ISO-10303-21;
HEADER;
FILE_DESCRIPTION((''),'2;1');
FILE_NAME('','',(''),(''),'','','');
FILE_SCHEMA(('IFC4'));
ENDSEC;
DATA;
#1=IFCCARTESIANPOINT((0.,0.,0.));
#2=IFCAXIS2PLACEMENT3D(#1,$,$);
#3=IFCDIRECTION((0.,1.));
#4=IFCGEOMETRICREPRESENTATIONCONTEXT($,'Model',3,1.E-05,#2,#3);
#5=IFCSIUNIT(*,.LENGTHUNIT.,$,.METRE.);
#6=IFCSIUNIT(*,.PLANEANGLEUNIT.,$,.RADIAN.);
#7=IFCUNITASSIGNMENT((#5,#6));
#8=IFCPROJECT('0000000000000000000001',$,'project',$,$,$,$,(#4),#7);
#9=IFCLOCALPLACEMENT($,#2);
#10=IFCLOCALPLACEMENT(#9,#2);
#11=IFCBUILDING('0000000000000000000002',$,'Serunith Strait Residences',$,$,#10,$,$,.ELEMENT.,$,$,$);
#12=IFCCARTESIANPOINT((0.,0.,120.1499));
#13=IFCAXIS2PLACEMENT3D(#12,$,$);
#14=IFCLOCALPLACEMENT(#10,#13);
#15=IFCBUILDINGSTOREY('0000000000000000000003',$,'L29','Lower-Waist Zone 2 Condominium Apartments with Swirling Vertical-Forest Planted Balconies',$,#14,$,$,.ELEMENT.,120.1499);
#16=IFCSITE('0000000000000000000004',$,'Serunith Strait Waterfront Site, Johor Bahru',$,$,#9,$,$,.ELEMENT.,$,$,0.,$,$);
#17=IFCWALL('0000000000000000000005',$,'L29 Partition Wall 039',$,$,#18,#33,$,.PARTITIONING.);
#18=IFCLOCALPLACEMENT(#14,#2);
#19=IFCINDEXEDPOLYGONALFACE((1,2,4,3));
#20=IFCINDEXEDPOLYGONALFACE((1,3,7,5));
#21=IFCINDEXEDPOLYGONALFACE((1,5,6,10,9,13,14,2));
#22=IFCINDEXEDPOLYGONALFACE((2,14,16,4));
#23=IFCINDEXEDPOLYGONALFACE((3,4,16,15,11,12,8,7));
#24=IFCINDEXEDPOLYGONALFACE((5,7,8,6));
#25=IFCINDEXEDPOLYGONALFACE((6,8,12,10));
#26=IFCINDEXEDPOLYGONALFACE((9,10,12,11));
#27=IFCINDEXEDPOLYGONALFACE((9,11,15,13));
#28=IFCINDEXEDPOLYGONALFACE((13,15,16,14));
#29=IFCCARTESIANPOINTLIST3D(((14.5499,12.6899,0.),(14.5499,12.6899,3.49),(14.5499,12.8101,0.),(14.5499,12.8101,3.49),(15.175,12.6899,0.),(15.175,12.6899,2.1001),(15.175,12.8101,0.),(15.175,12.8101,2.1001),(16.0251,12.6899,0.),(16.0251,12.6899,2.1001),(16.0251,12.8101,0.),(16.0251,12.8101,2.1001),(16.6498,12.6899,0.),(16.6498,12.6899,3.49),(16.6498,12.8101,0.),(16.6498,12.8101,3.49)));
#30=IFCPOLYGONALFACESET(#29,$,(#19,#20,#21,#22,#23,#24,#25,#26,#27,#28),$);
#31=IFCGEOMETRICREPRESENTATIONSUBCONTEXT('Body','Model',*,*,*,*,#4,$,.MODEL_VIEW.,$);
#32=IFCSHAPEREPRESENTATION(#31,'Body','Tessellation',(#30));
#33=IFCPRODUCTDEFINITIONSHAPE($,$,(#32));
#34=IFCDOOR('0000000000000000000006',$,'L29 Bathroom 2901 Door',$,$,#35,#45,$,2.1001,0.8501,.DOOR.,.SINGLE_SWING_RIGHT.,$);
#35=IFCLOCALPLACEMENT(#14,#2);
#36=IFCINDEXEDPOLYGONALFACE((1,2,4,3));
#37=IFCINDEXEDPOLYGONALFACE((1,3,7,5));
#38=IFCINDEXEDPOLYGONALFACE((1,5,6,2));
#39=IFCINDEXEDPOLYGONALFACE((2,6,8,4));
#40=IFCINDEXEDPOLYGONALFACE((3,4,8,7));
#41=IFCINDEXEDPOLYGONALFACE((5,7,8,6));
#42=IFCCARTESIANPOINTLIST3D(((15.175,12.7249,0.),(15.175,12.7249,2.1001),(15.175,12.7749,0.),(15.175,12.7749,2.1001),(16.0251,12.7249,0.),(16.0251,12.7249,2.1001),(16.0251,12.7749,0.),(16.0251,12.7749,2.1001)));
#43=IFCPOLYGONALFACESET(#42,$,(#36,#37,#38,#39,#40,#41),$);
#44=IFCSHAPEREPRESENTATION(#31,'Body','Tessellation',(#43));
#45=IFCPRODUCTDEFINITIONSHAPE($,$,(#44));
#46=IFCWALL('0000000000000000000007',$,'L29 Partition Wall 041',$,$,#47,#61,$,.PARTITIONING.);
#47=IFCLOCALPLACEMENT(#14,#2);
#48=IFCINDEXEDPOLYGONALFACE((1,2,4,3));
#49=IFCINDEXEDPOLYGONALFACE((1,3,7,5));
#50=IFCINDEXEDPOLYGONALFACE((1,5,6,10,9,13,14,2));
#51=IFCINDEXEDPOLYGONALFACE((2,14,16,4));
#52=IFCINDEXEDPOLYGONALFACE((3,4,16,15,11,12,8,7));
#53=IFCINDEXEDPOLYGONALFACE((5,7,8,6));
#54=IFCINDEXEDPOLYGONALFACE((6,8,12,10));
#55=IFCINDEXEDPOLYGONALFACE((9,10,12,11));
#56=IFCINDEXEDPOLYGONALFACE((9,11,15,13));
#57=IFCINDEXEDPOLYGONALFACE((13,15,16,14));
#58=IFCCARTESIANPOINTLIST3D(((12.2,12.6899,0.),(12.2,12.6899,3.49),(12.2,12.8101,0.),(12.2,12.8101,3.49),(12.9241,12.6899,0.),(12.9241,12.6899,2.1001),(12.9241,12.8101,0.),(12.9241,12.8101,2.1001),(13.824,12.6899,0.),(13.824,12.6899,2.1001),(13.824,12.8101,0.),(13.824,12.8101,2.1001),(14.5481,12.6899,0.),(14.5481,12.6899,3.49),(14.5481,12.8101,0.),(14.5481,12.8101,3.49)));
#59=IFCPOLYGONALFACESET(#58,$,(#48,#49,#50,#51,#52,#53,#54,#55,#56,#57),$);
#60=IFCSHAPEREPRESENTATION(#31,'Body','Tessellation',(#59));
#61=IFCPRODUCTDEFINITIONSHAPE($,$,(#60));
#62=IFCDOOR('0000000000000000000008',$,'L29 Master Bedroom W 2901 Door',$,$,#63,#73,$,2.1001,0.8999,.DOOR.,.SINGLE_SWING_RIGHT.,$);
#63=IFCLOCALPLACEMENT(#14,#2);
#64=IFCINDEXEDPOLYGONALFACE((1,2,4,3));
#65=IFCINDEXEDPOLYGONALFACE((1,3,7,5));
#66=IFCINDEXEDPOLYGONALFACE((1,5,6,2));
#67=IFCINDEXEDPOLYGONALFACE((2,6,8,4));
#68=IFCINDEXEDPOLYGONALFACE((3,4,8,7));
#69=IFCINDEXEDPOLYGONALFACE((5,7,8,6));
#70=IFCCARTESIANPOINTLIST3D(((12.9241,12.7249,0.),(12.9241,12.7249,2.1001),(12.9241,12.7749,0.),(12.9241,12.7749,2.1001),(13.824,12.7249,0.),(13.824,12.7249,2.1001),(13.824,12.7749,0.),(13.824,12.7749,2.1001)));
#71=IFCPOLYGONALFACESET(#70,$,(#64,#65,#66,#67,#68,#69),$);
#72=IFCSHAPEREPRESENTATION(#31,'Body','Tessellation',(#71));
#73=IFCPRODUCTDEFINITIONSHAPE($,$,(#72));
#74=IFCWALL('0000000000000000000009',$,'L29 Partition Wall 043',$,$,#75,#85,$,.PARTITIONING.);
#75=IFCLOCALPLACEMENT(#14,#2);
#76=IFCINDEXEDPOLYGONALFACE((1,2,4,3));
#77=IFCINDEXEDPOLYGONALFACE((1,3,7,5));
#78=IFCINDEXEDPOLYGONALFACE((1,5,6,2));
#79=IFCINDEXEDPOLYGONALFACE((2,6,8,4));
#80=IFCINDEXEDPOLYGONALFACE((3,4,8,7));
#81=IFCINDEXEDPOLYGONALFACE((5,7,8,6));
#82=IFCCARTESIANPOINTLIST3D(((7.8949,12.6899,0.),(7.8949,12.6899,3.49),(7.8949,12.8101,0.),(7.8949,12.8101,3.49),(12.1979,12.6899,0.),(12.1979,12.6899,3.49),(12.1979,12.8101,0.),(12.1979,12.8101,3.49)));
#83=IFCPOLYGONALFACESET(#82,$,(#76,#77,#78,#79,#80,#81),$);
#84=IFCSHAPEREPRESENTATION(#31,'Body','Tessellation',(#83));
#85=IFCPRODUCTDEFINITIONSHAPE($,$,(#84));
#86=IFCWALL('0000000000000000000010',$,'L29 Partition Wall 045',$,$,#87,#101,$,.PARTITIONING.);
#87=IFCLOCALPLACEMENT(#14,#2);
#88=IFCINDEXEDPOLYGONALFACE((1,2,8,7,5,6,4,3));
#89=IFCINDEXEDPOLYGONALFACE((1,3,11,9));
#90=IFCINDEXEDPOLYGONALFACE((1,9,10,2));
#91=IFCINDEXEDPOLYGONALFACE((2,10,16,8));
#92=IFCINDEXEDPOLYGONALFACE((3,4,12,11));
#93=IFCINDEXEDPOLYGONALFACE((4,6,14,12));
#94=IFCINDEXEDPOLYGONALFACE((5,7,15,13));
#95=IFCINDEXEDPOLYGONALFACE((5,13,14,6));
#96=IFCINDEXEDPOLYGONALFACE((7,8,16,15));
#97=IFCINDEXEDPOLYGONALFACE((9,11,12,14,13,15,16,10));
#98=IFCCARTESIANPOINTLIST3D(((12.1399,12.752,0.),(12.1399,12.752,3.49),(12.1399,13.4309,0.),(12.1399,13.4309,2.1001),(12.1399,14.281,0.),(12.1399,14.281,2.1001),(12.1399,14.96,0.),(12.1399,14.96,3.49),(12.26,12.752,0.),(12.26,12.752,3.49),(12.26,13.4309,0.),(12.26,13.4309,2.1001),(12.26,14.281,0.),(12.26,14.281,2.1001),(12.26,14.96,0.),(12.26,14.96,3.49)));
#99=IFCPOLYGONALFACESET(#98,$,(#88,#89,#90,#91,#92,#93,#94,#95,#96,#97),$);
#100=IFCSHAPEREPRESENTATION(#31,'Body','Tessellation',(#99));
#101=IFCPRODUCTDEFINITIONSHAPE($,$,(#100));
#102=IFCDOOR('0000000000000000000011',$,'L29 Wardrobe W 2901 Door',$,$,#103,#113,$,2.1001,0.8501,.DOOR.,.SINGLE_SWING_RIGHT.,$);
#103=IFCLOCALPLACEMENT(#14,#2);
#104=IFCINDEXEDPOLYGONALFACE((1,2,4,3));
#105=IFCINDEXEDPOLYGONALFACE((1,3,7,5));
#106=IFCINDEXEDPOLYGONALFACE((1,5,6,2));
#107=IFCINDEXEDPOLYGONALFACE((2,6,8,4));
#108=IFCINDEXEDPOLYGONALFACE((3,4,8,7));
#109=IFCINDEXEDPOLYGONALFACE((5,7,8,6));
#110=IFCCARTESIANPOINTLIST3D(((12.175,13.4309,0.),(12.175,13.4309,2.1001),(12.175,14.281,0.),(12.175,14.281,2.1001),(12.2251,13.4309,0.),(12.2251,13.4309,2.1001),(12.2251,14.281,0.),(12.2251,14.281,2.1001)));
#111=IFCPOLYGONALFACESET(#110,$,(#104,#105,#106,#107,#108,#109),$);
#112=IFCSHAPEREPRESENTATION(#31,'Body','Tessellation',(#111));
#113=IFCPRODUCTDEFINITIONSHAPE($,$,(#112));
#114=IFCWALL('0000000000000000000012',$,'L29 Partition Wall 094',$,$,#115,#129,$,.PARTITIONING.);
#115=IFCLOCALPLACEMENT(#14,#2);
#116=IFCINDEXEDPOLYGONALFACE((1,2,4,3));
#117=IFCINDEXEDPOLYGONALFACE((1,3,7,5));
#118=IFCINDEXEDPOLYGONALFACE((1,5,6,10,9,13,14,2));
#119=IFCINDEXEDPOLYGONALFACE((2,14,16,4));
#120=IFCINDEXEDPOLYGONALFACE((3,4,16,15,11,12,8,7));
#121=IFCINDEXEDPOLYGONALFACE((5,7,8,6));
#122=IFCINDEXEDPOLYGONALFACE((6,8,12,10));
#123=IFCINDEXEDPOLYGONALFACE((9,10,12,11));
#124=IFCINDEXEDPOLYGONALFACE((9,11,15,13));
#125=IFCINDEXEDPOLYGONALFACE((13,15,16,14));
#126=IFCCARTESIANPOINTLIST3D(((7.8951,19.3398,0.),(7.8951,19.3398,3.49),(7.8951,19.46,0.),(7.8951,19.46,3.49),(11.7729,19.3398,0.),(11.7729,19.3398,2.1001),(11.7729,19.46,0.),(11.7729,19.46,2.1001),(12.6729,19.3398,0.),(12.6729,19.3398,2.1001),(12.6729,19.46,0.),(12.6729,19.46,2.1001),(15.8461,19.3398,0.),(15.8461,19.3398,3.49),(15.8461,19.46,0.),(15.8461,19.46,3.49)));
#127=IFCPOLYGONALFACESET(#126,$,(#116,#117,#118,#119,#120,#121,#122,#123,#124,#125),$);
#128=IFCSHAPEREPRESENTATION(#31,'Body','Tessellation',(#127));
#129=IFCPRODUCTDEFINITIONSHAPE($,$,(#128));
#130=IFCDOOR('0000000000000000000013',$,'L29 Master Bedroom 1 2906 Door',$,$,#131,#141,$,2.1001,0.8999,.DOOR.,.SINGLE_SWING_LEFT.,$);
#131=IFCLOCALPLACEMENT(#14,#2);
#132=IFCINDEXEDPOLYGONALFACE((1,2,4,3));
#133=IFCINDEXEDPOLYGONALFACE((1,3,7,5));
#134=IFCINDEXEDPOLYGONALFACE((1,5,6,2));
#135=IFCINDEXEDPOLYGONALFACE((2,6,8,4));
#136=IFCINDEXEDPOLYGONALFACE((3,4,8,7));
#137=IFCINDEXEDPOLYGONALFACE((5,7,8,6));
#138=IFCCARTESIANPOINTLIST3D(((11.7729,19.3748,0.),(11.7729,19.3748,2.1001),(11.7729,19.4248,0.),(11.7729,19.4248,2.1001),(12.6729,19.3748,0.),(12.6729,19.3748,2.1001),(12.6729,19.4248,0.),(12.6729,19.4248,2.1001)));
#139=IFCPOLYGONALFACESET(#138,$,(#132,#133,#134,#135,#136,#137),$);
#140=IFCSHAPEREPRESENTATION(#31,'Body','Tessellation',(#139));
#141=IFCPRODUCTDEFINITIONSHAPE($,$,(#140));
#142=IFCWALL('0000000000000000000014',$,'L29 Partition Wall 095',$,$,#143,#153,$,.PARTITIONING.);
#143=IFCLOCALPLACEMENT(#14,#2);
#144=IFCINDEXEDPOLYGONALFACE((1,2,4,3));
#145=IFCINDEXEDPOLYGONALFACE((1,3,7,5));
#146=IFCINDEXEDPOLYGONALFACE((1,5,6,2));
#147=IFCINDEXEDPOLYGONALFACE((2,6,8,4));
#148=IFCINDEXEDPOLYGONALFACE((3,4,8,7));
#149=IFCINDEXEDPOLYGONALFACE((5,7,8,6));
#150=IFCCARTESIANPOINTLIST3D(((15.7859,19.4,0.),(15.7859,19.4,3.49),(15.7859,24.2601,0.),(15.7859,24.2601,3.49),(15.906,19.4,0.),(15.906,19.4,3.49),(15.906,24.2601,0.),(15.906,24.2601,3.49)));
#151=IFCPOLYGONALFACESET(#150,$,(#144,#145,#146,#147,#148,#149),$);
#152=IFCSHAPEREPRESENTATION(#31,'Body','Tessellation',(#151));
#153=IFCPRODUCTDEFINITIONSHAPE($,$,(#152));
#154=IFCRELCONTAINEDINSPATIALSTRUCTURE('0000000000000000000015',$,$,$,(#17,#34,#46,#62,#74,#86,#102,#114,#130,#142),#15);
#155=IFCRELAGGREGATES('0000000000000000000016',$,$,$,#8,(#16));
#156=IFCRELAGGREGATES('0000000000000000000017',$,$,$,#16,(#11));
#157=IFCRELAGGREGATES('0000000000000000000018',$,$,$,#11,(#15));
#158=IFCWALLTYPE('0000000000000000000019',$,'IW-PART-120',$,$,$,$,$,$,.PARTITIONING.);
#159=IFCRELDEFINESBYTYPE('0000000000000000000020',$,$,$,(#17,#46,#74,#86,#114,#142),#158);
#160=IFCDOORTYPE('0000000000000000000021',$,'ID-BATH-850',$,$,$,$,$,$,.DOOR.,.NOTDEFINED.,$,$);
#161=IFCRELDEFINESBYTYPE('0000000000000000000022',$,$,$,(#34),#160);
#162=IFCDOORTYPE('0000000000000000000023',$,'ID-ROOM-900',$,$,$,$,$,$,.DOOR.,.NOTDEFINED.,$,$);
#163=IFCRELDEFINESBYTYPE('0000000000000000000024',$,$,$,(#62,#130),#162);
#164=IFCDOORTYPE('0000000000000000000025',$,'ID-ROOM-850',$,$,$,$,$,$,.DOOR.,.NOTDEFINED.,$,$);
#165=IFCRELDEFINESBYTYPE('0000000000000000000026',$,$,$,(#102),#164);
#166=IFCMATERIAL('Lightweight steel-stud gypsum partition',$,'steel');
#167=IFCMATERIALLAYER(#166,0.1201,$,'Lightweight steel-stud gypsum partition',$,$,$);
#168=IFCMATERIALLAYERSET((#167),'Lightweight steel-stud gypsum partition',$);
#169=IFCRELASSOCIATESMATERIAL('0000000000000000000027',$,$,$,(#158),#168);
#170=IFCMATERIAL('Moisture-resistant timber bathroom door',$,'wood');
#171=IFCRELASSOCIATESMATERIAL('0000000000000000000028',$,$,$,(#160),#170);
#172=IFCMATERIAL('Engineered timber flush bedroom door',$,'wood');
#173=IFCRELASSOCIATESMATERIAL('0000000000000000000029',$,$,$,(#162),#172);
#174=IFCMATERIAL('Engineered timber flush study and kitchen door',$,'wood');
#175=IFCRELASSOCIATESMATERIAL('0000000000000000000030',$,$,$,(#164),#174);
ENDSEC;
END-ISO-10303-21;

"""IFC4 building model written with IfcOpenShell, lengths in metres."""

from ifc_helpers import new_model, si_unit, direction, frame, frame_2d, origin, place, context, subcontext, project, spatial, rectangle, extrude, source, transform, mapped, material, layer, layer_set, type_object, element, fill, save


model = new_model("IFC4")

# Units and contexts
model_context = context("Model", 3, precision=1e-05, world=origin(), true_north=direction((0.0, 1.0)))
body_context = subcontext(model_context, "Body", "Model", "MODEL_VIEW")
ifc_project = project(units=[si_unit("LENGTHUNIT", "METRE"), si_unit("PLANEANGLEUNIT", "RADIAN")], contexts=[model_context])

# Site, building, storey
site_placement = place(None, origin())
site = spatial("IfcSite", under=ifc_project, at=site_placement, Name="Serunith Strait Waterfront Site, Johor Bahru", CompositionType="ELEMENT", RefElevation=0.0)
building_placement = place(site_placement, origin())
building = spatial("IfcBuilding", under=site, at=building_placement, Name="Serunith Strait Residences", CompositionType="ELEMENT")
storey_placement = place(building_placement, frame((0.0, 0.0, 120.1499)))
storey = spatial("IfcBuildingStorey", under=building, at=storey_placement, Name="L29", Description="Lower-Waist Zone 2 Condominium Apartments with Swirling Vertical-Forest Planted Balconies", CompositionType="ELEMENT", Elevation=120.1499)

# Walls, openings, doors
ifc_material_1 = material(Name="Lightweight steel-stud gypsum partition", Category="steel")
ifc_layer_1 = layer(ifc_material_1, 0.1201, Name="Lightweight steel-stud gypsum partition")
ifc_layer_set_1 = layer_set([ifc_layer_1], Name="Lightweight steel-stud gypsum partition")
wall_type_1 = type_object("IfcWallType", Name="IW-PART-120", PredefinedType="PARTITIONING", material=ifc_layer_set_1)
wall_1_placement = place(storey_placement, frame((14.55, 12.75, 0.0), z_axis=(0.0, 0.0, 1.0), x_axis=(1.0, 0.0, 0.0)))
wall_1 = element("IfcWall", 1, at=wall_1_placement, inside=storey, type_object=wall_type_1, Name="L29 Partition Wall 039", PredefinedType="PARTITIONING", context=body_context, shape_type="SweptSolid", body=[
    extrude(rectangle(XDim=2.0999, YDim=0.1201, at=frame_2d((1.0498, 0.0))), origin(), (0.0, 0.0, 1.0), 3.49),
])
opening_1_placement = place(wall_1_placement, frame((0.625, 0.0, 0.0)))
opening_1 = element("IfcOpeningElement", 2, at=opening_1_placement, cuts=wall_1, PredefinedType="OPENING", context=body_context, shape_type="SweptSolid", body=[
    extrude(rectangle(XDim=0.8501, YDim=2.1001, at=frame_2d((0.425, 1.05))), frame((0.0, 0.0701, 0.0), z_axis=(0.0, -1.0, 0.0), x_axis=(1.0, 0.0, 0.0)), (0.0, 0.0, 1.0), 0.1401),
])
ifc_material_2 = material(Name="Moisture-resistant timber bathroom door", Category="wood")
door_type_1 = type_object("IfcDoorType", Name="ID-BATH-850", OperationType="NOTDEFINED", PredefinedType="DOOR", material=ifc_material_2)
shared_shape_1 = source(origin(), body_context, "Body", "SweptSolid", [
    extrude(rectangle(XDim=0.8501, YDim=2.1001, at=frame_2d((0.425, 1.05))), frame((0.0, 0.0249, 0.0), z_axis=(0.0, -1.0, 0.0), x_axis=(1.0, 0.0, 0.0)), (0.0, 0.0, 1.0), 0.05),
])
door_1_placement = place(opening_1_placement, origin())
door_1 = element("IfcDoor", 3, at=door_1_placement, inside=storey, type_object=door_type_1, Name="L29 Bathroom 2901 Door", OperationType="SINGLE_SWING_RIGHT", OverallHeight=2.1001, OverallWidth=0.8501, PredefinedType="DOOR", context=body_context, shape_type="MappedRepresentation", body=[
    mapped(shared_shape_1, transform((0.0, 0.0, 0.0), scale=1.0)),
])
fill(opening_1, door_1)
wall_2_placement = place(storey_placement, frame((12.2, 12.75, 0.0), z_axis=(0.0, 0.0, 1.0), x_axis=(1.0, 0.0, 0.0)))
wall_2 = element("IfcWall", 4, at=wall_2_placement, inside=storey, type_object=wall_type_1, Name="L29 Partition Wall 041", PredefinedType="PARTITIONING", context=body_context, shape_type="SweptSolid", body=[
    extrude(rectangle(XDim=2.3481, YDim=0.1201, at=frame_2d((1.1741, 0.0))), origin(), (0.0, 0.0, 1.0), 3.49),
])
opening_2_placement = place(wall_2_placement, frame((0.7241, 0.0, 0.0)))
opening_2 = element("IfcOpeningElement", 5, at=opening_2_placement, cuts=wall_2, PredefinedType="OPENING", context=body_context, shape_type="SweptSolid", body=[
    extrude(rectangle(XDim=0.8999, YDim=2.1001, at=frame_2d((0.45, 1.05))), frame((0.0, 0.0701, 0.0), z_axis=(0.0, -1.0, 0.0), x_axis=(1.0, 0.0, 0.0)), (0.0, 0.0, 1.0), 0.1401),
])
ifc_material_3 = material(Name="Engineered timber flush bedroom door", Category="wood")
door_type_2 = type_object("IfcDoorType", Name="ID-ROOM-900", OperationType="NOTDEFINED", PredefinedType="DOOR", material=ifc_material_3)
shared_shape_2 = source(origin(), body_context, "Body", "SweptSolid", [
    extrude(rectangle(XDim=0.8999, YDim=2.1001, at=frame_2d((0.45, 1.05))), frame((0.0, 0.0249, 0.0), z_axis=(0.0, -1.0, 0.0), x_axis=(1.0, 0.0, 0.0)), (0.0, 0.0, 1.0), 0.05),
])
door_2_placement = place(opening_2_placement, origin())
door_2 = element("IfcDoor", 6, at=door_2_placement, inside=storey, type_object=door_type_2, Name="L29 Master Bedroom W 2901 Door", OperationType="SINGLE_SWING_RIGHT", OverallHeight=2.1001, OverallWidth=0.8999, PredefinedType="DOOR", context=body_context, shape_type="MappedRepresentation", body=[
    mapped(shared_shape_2, transform((0.0, 0.0, 0.0), scale=1.0)),
])
fill(opening_2, door_2)

# Wall
wall_3_placement = place(storey_placement, frame((7.895, 12.75, 0.0), z_axis=(0.0, 0.0, 1.0), x_axis=(1.0, 0.0, 0.0)))
element("IfcWall", 7, at=wall_3_placement, inside=storey, type_object=wall_type_1, Name="L29 Partition Wall 043", PredefinedType="PARTITIONING", context=body_context, shape_type="SweptSolid", body=[
    extrude(rectangle(XDim=4.303, YDim=0.1201, at=frame_2d((2.1514, 0.0))), origin(), (0.0, 0.0, 1.0), 3.49),
])

# Walls, openings, doors
wall_4_placement = place(storey_placement, frame((12.2, 12.752, 0.0), z_axis=(0.0, 0.0, 1.0), x_axis=(0.0, 1.0, 0.0)))
wall_4 = element("IfcWall", 8, at=wall_4_placement, inside=storey, type_object=wall_type_1, Name="L29 Partition Wall 045", PredefinedType="PARTITIONING", context=body_context, shape_type="SweptSolid", body=[
    extrude(rectangle(XDim=2.208, YDim=0.1201, at=frame_2d((1.104, 0.0))), origin(), (0.0, 0.0, 1.0), 3.49),
])
opening_3_placement = place(wall_4_placement, frame((0.679, 0.0, 0.0)))
opening_3 = element("IfcOpeningElement", 9, at=opening_3_placement, cuts=wall_4, PredefinedType="OPENING", context=body_context, shape_type="SweptSolid", body=[
    extrude(rectangle(XDim=0.8501, YDim=2.1001, at=frame_2d((0.425, 1.05))), frame((0.0, 0.0701, 0.0), z_axis=(0.0, -1.0, 0.0), x_axis=(1.0, 0.0, 0.0)), (0.0, 0.0, 1.0), 0.1401),
])
ifc_material_4 = material(Name="Engineered timber flush study and kitchen door", Category="wood")
door_type_3 = type_object("IfcDoorType", Name="ID-ROOM-850", OperationType="NOTDEFINED", PredefinedType="DOOR", material=ifc_material_4)
door_3_placement = place(opening_3_placement, origin())
door_3 = element("IfcDoor", 10, at=door_3_placement, inside=storey, type_object=door_type_3, Name="L29 Wardrobe W 2901 Door", OperationType="SINGLE_SWING_RIGHT", OverallHeight=2.1001, OverallWidth=0.8501, PredefinedType="DOOR", context=body_context, shape_type="MappedRepresentation", body=[
    mapped(shared_shape_1, transform((0.0, 0.0, 0.0), scale=1.0)),
])
fill(opening_3, door_3)
wall_5_placement = place(storey_placement, frame((7.895, 19.3999, 0.0), z_axis=(0.0, 0.0, 1.0), x_axis=(1.0, 0.0, 0.0)))
wall_5 = element("IfcWall", 11, at=wall_5_placement, inside=storey, type_object=wall_type_1, Name="L29 Partition Wall 094", PredefinedType="PARTITIONING", context=body_context, shape_type="SweptSolid", body=[
    extrude(rectangle(XDim=7.9509, YDim=0.1201, at=frame_2d((3.9756, 0.0))), origin(), (0.0, 0.0, 1.0), 3.49),
])
opening_4_placement = place(wall_5_placement, frame((3.8779, 0.0, 0.0)))
opening_4 = element("IfcOpeningElement", 12, at=opening_4_placement, cuts=wall_5, PredefinedType="OPENING", context=body_context, shape_type="SweptSolid", body=[
    extrude(rectangle(XDim=0.8999, YDim=2.1001, at=frame_2d((0.45, 1.05))), frame((0.0, 0.0701, 0.0), z_axis=(0.0, -1.0, 0.0), x_axis=(1.0, 0.0, 0.0)), (0.0, 0.0, 1.0), 0.1401),
])
door_4_placement = place(opening_4_placement, origin())
door_4 = element("IfcDoor", 13, at=door_4_placement, inside=storey, type_object=door_type_2, Name="L29 Master Bedroom 1 2906 Door", OperationType="SINGLE_SWING_LEFT", OverallHeight=2.1001, OverallWidth=0.8999, PredefinedType="DOOR", context=body_context, shape_type="MappedRepresentation", body=[
    mapped(shared_shape_2, transform((0.0, 0.0, 0.0), scale=1.0)),
])
fill(opening_4, door_4)

# Wall
wall_6_placement = place(storey_placement, frame((15.8459, 19.3999, 0.0), z_axis=(0.0, 0.0, 1.0), x_axis=(0.0, 1.0, 0.0)))
element("IfcWall", 14, at=wall_6_placement, inside=storey, type_object=wall_type_1, Name="L29 Partition Wall 095", PredefinedType="PARTITIONING", context=body_context, shape_type="SweptSolid", body=[
    extrude(rectangle(XDim=4.8601, YDim=0.1201, at=frame_2d((2.4302, 0.0))), origin(), (0.0, 0.0, 1.0), 3.49),
])

save(model, "model.ifc")
